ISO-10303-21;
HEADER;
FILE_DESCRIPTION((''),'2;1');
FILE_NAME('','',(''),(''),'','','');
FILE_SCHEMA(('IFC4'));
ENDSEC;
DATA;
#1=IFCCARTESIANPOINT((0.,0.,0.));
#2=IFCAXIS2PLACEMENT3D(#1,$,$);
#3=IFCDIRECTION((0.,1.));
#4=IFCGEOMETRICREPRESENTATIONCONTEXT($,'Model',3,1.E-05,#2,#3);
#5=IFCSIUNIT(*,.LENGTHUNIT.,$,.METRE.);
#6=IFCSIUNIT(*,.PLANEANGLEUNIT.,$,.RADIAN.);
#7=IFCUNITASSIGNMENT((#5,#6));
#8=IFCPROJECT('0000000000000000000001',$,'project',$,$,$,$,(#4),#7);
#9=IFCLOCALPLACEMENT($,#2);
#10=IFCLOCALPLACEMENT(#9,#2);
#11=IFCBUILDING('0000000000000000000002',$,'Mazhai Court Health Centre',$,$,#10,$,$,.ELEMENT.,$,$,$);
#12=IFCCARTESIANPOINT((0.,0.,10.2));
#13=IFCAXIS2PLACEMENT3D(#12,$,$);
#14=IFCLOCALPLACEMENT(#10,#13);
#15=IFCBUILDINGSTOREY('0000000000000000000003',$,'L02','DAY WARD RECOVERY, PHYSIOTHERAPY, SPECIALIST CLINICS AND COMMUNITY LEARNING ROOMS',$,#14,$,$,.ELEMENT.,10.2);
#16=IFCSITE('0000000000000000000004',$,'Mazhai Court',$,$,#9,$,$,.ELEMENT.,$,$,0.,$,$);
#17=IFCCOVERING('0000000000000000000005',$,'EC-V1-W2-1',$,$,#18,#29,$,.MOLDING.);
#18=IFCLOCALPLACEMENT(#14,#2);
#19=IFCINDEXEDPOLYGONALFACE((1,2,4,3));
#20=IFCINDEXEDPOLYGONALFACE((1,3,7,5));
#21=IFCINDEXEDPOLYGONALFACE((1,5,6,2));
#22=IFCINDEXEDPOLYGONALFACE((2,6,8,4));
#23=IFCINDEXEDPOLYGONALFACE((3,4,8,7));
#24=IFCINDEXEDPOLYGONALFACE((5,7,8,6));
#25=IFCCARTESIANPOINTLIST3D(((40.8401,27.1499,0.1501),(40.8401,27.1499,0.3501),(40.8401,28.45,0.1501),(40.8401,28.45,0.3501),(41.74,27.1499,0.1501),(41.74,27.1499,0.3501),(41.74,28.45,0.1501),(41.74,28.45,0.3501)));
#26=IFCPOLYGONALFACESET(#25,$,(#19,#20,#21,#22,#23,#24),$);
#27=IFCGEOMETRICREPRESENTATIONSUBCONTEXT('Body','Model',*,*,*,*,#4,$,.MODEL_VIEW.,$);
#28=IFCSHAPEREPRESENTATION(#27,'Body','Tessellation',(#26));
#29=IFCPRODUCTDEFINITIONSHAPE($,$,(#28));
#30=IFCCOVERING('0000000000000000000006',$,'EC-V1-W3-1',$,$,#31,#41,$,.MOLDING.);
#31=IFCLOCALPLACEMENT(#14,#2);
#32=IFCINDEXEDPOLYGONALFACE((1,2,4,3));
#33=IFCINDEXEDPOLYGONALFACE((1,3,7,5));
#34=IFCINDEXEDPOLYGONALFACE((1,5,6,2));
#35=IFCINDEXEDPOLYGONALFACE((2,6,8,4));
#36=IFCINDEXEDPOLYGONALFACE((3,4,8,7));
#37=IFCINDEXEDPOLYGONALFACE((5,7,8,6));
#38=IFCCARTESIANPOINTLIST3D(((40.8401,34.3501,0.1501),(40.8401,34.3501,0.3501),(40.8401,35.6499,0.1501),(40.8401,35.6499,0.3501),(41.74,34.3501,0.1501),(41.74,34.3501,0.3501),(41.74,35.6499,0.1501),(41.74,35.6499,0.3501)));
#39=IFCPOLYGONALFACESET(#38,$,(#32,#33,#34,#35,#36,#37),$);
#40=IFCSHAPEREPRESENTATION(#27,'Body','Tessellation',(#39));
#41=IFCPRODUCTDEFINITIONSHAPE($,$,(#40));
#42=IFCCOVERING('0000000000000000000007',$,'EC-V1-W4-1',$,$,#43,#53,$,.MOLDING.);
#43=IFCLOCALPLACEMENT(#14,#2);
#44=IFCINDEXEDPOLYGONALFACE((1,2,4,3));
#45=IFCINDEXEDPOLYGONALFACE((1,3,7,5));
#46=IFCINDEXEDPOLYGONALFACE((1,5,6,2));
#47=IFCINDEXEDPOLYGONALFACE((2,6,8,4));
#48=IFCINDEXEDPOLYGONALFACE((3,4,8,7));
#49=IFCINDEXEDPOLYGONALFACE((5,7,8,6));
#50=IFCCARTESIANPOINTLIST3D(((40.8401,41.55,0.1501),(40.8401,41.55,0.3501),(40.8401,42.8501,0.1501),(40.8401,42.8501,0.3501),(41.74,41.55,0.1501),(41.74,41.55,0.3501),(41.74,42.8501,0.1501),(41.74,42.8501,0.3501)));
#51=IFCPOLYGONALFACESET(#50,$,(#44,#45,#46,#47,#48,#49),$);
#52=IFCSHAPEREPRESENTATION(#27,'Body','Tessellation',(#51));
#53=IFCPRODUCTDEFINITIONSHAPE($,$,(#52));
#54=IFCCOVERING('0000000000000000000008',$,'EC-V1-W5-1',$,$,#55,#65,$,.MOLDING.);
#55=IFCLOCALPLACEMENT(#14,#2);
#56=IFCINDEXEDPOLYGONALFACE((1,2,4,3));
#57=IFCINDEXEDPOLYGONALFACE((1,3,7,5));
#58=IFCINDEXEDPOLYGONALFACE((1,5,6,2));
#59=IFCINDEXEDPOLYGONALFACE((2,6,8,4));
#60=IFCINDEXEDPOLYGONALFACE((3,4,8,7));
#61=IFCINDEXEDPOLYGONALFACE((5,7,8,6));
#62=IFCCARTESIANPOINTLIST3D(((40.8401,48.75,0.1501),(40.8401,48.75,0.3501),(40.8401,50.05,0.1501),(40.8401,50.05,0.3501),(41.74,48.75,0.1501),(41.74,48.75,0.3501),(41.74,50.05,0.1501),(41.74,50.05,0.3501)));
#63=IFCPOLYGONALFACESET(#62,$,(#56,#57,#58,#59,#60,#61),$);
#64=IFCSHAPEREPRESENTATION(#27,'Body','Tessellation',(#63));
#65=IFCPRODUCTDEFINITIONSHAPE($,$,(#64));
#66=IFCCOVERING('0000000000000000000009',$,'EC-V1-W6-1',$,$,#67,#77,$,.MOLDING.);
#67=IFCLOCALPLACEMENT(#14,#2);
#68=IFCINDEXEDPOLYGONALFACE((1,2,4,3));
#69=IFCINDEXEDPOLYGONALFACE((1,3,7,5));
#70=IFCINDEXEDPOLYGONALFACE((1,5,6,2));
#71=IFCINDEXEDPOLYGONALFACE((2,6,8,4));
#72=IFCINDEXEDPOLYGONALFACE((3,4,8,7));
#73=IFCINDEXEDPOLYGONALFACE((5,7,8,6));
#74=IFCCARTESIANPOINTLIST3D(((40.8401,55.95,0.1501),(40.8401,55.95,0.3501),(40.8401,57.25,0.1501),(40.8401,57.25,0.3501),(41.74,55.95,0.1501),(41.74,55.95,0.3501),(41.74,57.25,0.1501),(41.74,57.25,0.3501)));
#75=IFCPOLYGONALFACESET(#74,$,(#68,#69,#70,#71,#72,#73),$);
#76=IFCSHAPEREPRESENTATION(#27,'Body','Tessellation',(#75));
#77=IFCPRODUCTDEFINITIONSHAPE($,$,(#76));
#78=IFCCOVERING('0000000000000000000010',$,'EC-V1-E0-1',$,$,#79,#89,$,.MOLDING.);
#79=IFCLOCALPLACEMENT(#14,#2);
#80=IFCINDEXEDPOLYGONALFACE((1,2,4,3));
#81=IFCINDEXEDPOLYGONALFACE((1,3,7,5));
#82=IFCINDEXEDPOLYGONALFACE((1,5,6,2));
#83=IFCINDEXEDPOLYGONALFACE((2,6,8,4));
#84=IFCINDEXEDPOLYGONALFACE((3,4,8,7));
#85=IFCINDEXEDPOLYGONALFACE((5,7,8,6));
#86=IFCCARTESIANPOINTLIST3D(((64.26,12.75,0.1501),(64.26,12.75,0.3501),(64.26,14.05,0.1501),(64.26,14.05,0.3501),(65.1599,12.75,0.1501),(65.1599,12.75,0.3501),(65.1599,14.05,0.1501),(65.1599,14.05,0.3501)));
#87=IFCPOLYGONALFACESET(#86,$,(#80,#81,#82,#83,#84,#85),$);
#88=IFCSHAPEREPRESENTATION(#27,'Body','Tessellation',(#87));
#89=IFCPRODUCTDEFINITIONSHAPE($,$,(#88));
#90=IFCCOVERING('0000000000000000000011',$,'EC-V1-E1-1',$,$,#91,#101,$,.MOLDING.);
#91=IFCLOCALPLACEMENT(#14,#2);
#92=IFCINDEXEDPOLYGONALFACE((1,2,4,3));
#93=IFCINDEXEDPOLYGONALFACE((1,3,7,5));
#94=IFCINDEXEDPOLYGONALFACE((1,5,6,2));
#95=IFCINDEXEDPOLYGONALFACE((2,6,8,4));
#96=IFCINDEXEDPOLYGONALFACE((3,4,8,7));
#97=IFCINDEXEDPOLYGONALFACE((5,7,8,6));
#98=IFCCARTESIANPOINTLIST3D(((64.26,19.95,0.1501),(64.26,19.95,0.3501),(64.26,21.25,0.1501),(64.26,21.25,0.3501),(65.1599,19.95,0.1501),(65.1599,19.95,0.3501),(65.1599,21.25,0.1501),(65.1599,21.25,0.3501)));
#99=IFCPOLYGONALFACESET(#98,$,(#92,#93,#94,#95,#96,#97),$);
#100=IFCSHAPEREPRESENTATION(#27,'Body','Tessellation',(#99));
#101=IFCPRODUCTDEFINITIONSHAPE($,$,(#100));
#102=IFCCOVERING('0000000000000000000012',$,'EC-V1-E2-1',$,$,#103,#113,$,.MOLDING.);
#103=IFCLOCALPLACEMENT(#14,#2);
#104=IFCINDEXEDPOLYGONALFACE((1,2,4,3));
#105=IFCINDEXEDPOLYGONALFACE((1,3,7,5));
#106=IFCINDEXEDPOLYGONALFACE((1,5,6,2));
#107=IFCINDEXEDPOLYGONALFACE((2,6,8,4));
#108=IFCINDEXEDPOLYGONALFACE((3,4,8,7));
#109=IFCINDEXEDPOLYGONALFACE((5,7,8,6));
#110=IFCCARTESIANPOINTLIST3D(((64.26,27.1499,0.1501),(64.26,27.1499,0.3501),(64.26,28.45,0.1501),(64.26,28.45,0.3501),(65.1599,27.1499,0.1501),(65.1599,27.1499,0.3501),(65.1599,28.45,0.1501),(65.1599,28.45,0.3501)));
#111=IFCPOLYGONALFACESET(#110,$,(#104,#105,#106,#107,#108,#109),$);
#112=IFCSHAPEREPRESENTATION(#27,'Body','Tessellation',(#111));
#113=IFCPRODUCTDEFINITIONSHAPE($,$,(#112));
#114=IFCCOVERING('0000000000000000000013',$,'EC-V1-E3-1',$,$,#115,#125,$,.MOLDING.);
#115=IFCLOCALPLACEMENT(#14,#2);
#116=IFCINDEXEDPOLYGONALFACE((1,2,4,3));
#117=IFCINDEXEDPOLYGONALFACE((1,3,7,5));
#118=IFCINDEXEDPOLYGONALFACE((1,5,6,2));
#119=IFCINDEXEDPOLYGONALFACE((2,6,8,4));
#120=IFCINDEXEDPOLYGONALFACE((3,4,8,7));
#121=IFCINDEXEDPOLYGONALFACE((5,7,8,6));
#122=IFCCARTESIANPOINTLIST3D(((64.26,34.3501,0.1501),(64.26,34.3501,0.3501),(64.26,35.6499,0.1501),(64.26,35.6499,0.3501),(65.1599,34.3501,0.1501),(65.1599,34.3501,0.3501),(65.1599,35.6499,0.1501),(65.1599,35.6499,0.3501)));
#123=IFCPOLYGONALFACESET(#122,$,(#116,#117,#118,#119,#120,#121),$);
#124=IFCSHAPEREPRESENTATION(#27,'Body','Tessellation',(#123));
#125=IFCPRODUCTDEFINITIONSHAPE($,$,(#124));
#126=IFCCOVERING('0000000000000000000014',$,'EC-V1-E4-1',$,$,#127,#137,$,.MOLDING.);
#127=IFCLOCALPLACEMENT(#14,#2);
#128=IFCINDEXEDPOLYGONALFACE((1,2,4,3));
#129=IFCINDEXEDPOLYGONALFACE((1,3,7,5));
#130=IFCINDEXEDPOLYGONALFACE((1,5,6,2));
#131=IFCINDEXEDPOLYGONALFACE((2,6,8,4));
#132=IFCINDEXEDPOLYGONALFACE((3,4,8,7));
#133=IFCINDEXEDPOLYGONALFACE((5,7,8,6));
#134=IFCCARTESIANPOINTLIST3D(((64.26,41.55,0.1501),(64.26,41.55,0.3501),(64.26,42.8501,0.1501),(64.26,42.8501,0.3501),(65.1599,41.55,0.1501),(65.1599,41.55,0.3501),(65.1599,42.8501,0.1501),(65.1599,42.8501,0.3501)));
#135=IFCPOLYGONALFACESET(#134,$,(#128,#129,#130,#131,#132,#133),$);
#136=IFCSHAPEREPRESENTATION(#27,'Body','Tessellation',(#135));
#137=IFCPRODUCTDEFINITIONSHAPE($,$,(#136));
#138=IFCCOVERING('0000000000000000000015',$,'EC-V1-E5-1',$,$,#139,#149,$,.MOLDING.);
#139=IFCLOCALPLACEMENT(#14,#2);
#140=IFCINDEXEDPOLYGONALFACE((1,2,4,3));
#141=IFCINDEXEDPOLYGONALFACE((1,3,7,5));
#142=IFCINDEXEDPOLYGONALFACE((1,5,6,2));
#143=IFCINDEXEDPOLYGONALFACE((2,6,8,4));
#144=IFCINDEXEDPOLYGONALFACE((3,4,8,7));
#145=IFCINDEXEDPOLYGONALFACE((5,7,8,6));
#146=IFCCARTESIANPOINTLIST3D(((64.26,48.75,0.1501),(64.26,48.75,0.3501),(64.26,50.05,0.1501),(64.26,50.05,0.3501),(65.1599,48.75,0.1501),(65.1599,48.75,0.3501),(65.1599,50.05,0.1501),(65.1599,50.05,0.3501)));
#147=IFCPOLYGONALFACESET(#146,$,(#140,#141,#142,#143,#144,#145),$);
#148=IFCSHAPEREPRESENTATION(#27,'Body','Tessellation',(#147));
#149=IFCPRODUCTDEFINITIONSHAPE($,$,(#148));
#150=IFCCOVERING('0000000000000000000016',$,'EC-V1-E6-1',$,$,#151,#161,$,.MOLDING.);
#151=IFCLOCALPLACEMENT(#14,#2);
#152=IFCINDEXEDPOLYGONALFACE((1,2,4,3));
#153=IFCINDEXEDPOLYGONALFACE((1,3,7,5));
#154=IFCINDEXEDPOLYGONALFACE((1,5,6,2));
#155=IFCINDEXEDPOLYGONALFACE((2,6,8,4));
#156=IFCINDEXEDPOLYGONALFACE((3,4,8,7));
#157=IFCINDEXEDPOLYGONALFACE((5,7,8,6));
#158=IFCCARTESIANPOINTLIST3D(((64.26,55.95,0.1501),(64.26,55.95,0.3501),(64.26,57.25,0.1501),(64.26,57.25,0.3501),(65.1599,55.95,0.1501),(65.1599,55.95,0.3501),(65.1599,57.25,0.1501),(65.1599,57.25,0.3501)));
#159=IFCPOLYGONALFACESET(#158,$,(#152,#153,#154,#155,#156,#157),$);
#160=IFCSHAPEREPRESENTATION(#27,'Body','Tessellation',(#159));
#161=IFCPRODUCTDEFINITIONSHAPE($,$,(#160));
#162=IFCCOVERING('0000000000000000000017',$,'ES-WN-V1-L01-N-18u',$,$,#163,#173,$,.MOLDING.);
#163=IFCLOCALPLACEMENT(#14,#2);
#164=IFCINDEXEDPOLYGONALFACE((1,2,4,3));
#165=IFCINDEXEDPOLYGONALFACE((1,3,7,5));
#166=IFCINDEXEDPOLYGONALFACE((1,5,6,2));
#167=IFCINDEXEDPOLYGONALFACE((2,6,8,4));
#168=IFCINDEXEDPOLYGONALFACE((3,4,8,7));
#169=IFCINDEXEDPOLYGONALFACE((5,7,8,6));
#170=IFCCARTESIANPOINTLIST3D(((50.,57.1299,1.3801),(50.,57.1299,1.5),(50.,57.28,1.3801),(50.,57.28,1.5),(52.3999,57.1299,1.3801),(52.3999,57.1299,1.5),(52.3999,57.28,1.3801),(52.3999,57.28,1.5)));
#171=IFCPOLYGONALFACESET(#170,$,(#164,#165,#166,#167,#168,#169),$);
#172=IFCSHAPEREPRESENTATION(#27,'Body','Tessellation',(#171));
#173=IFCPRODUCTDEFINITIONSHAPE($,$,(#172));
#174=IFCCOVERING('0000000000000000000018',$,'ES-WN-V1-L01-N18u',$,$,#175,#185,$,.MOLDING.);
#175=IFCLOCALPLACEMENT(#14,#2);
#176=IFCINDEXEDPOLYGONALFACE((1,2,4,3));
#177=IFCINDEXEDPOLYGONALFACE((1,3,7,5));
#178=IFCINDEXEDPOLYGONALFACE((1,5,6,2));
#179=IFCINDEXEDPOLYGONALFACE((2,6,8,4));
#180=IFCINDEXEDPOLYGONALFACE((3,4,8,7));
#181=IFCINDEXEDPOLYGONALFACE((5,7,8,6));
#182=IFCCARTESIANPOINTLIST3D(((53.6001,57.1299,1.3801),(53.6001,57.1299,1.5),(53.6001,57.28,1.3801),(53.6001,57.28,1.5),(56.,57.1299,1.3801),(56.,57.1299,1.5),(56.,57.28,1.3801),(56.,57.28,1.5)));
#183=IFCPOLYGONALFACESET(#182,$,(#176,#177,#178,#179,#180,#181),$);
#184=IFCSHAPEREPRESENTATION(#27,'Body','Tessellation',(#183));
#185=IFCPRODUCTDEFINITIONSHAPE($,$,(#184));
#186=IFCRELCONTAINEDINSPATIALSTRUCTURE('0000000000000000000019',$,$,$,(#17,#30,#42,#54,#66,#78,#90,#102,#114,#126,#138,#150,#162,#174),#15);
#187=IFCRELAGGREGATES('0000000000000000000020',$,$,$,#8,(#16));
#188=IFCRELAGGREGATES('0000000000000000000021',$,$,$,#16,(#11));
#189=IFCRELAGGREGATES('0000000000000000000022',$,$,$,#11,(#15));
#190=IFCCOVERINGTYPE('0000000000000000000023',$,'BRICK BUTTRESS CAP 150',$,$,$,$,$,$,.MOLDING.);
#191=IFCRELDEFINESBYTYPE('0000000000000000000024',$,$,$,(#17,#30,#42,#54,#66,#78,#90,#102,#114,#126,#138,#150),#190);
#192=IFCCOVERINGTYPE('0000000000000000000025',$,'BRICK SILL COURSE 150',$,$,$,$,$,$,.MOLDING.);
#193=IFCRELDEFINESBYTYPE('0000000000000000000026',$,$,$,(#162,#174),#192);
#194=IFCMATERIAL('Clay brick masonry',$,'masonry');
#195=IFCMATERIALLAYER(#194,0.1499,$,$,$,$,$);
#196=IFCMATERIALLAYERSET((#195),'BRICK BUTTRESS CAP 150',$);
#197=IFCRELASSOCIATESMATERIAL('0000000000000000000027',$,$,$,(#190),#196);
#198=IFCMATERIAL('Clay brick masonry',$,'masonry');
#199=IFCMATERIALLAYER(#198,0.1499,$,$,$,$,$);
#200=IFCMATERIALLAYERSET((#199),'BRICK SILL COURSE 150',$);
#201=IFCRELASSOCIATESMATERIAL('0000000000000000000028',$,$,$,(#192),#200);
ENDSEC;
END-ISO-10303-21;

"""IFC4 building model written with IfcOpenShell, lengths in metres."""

from ifc_helpers import new_model, si_unit, direction, frame, origin, place, context, subcontext, project, spatial, polyline, outline, extrude, material, layer, layer_set, type_object, element, save


model = new_model("IFC4")

# Units and contexts
model_context = context("Model", 3, precision=1e-05, world=origin(), true_north=direction((0.0, 1.0)))
body_context = subcontext(model_context, "Body", "Model", "MODEL_VIEW")
ifc_project = project(units=[si_unit("LENGTHUNIT", "METRE"), si_unit("PLANEANGLEUNIT", "RADIAN")], contexts=[model_context])

# Site, building, storey
site_placement = place(None, origin())
site = spatial("IfcSite", under=ifc_project, at=site_placement, Name="Mazhai Court", CompositionType="ELEMENT", RefElevation=0.0)
building_placement = place(site_placement, origin())
building = spatial("IfcBuilding", under=site, at=building_placement, Name="Mazhai Court Health Centre", CompositionType="ELEMENT")
storey_placement = place(building_placement, frame((0.0, 0.0, 10.2)))
storey = spatial("IfcBuildingStorey", under=building, at=storey_placement, Name="L02", Description="DAY WARD RECOVERY, PHYSIOTHERAPY, SPECIALIST CLINICS AND COMMUNITY LEARNING ROOMS", CompositionType="ELEMENT", Elevation=10.2)

# Coverings
ifc_material_1 = material(Name="Clay brick masonry", Category="masonry")
ifc_layer_1 = layer(ifc_material_1, 0.1499)
ifc_layer_set_1 = layer_set([ifc_layer_1], Name="BRICK BUTTRESS CAP 150")
covering_type_1 = type_object("IfcCoveringType", Name="BRICK BUTTRESS CAP 150", PredefinedType="MOLDING", material=ifc_layer_set_1)
covering_1_placement = place(storey_placement, frame((0.0, 0.0, 0.1501)))
element("IfcCovering", 1, at=covering_1_placement, inside=storey, type_object=covering_type_1, Name="EC-V1-W2-1", PredefinedType="MOLDING", context=body_context, shape_type="SweptSolid", body=[
    extrude(outline(polyline([(41.74, 27.1499), (41.74, 28.45), (40.8401, 28.45), (40.8401, 27.1499), (41.74, 27.1499)])), origin(), (0.0, 0.0, 1.0), 0.2),
])
covering_2_placement = place(storey_placement, frame((0.0, 0.0, 0.1501)))
element("IfcCovering", 2, at=covering_2_placement, inside=storey, type_object=covering_type_1, Name="EC-V1-W3-1", PredefinedType="MOLDING", context=body_context, shape_type="SweptSolid", body=[
    extrude(outline(polyline([(41.74, 34.3501), (41.74, 35.6499), (40.8401, 35.6499), (40.8401, 34.3501), (41.74, 34.3501)])), origin(), (0.0, 0.0, 1.0), 0.2),
])
covering_3_placement = place(storey_placement, frame((0.0, 0.0, 0.1501)))
element("IfcCovering", 3, at=covering_3_placement, inside=storey, type_object=covering_type_1, Name="EC-V1-W4-1", PredefinedType="MOLDING", context=body_context, shape_type="SweptSolid", body=[
    extrude(outline(polyline([(41.74, 41.55), (41.74, 42.8501), (40.8401, 42.8501), (40.8401, 41.55), (41.74, 41.55)])), origin(), (0.0, 0.0, 1.0), 0.2),
])
covering_4_placement = place(storey_placement, frame((0.0, 0.0, 0.1501)))
element("IfcCovering", 4, at=covering_4_placement, inside=storey, type_object=covering_type_1, Name="EC-V1-W5-1", PredefinedType="MOLDING", context=body_context, shape_type="SweptSolid", body=[
    extrude(outline(polyline([(41.74, 48.75), (41.74, 50.05), (40.8401, 50.05), (40.8401, 48.75), (41.74, 48.75)])), origin(), (0.0, 0.0, 1.0), 0.2),
])
covering_5_placement = place(storey_placement, frame((0.0, 0.0, 0.1501)))
element("IfcCovering", 5, at=covering_5_placement, inside=storey, type_object=covering_type_1, Name="EC-V1-W6-1", PredefinedType="MOLDING", context=body_context, shape_type="SweptSolid", body=[
    extrude(outline(polyline([(41.74, 55.95), (41.74, 57.25), (40.8401, 57.25), (40.8401, 55.95), (41.74, 55.95)])), origin(), (0.0, 0.0, 1.0), 0.2),
])
covering_6_placement = place(storey_placement, frame((0.0, 0.0, 0.1501)))
element("IfcCovering", 6, at=covering_6_placement, inside=storey, type_object=covering_type_1, Name="EC-V1-E0-1", PredefinedType="MOLDING", context=body_context, shape_type="SweptSolid", body=[
    extrude(outline(polyline([(64.26, 14.05), (64.26, 12.75), (65.1599, 12.75), (65.1599, 14.05), (64.26, 14.05)])), origin(), (0.0, 0.0, 1.0), 0.2),
])
covering_7_placement = place(storey_placement, frame((0.0, 0.0, 0.1501)))
element("IfcCovering", 7, at=covering_7_placement, inside=storey, type_object=covering_type_1, Name="EC-V1-E1-1", PredefinedType="MOLDING", context=body_context, shape_type="SweptSolid", body=[
    extrude(outline(polyline([(64.26, 21.25), (64.26, 19.95), (65.1599, 19.95), (65.1599, 21.25), (64.26, 21.25)])), origin(), (0.0, 0.0, 1.0), 0.2),
])
covering_8_placement = place(storey_placement, frame((0.0, 0.0, 0.1501)))
element("IfcCovering", 8, at=covering_8_placement, inside=storey, type_object=covering_type_1, Name="EC-V1-E2-1", PredefinedType="MOLDING", context=body_context, shape_type="SweptSolid", body=[
    extrude(outline(polyline([(64.26, 28.45), (64.26, 27.1499), (65.1599, 27.1499), (65.1599, 28.45), (64.26, 28.45)])), origin(), (0.0, 0.0, 1.0), 0.2),
])
covering_9_placement = place(storey_placement, frame((0.0, 0.0, 0.1501)))
element("IfcCovering", 9, at=covering_9_placement, inside=storey, type_object=covering_type_1, Name="EC-V1-E3-1", PredefinedType="MOLDING", context=body_context, shape_type="SweptSolid", body=[
    extrude(outline(polyline([(64.26, 35.6499), (64.26, 34.3501), (65.1599, 34.3501), (65.1599, 35.6499), (64.26, 35.6499)])), origin(), (0.0, 0.0, 1.0), 0.2),
])
covering_10_placement = place(storey_placement, frame((0.0, 0.0, 0.1501)))
element("IfcCovering", 10, at=covering_10_placement, inside=storey, type_object=covering_type_1, Name="EC-V1-E4-1", PredefinedType="MOLDING", context=body_context, shape_type="SweptSolid", body=[
    extrude(outline(polyline([(64.26, 42.8501), (64.26, 41.55), (65.1599, 41.55), (65.1599, 42.8501), (64.26, 42.8501)])), origin(), (0.0, 0.0, 1.0), 0.2),
])
covering_11_placement = place(storey_placement, frame((0.0, 0.0, 0.1501)))
element("IfcCovering", 11, at=covering_11_placement, inside=storey, type_object=covering_type_1, Name="EC-V1-E5-1", PredefinedType="MOLDING", context=body_context, shape_type="SweptSolid", body=[
    extrude(outline(polyline([(64.26, 50.05), (64.26, 48.75), (65.1599, 48.75), (65.1599, 50.05), (64.26, 50.05)])), origin(), (0.0, 0.0, 1.0), 0.2),
])
covering_12_placement = place(storey_placement, frame((0.0, 0.0, 0.1501)))
element("IfcCovering", 12, at=covering_12_placement, inside=storey, type_object=covering_type_1, Name="EC-V1-E6-1", PredefinedType="MOLDING", context=body_context, shape_type="SweptSolid", body=[
    extrude(outline(polyline([(64.26, 57.25), (64.26, 55.95), (65.1599, 55.95), (65.1599, 57.25), (64.26, 57.25)])), origin(), (0.0, 0.0, 1.0), 0.2),
])
ifc_material_2 = material(Name="Clay brick masonry", Category="masonry")
ifc_layer_2 = layer(ifc_material_2, 0.1499)
ifc_layer_set_2 = layer_set([ifc_layer_2], Name="BRICK SILL COURSE 150")
covering_type_2 = type_object("IfcCoveringType", Name="BRICK SILL COURSE 150", PredefinedType="MOLDING", material=ifc_layer_set_2)
covering_13_placement = place(storey_placement, frame((0.0, 0.0, 1.3801)))
element("IfcCovering", 13, at=covering_13_placement, inside=storey, type_object=covering_type_2, Name="ES-WN-V1-L01-N-18u", PredefinedType="MOLDING", context=body_context, shape_type="SweptSolid", body=[
    extrude(outline(polyline([(50.0, 57.1299), (52.3999, 57.1299), (52.3999, 57.28), (50.0, 57.28), (50.0, 57.1299)])), origin(), (0.0, 0.0, 1.0), 0.1199),
])
covering_14_placement = place(storey_placement, frame((0.0, 0.0, 1.3801)))
element("IfcCovering", 14, at=covering_14_placement, inside=storey, type_object=covering_type_2, Name="ES-WN-V1-L01-N18u", PredefinedType="MOLDING", context=body_context, shape_type="SweptSolid", body=[
    extrude(outline(polyline([(53.6001, 57.1299), (56.0, 57.1299), (56.0, 57.28), (53.6001, 57.28), (53.6001, 57.1299)])), origin(), (0.0, 0.0, 1.0), 0.1199),
])

save(model, "model.ifc")
